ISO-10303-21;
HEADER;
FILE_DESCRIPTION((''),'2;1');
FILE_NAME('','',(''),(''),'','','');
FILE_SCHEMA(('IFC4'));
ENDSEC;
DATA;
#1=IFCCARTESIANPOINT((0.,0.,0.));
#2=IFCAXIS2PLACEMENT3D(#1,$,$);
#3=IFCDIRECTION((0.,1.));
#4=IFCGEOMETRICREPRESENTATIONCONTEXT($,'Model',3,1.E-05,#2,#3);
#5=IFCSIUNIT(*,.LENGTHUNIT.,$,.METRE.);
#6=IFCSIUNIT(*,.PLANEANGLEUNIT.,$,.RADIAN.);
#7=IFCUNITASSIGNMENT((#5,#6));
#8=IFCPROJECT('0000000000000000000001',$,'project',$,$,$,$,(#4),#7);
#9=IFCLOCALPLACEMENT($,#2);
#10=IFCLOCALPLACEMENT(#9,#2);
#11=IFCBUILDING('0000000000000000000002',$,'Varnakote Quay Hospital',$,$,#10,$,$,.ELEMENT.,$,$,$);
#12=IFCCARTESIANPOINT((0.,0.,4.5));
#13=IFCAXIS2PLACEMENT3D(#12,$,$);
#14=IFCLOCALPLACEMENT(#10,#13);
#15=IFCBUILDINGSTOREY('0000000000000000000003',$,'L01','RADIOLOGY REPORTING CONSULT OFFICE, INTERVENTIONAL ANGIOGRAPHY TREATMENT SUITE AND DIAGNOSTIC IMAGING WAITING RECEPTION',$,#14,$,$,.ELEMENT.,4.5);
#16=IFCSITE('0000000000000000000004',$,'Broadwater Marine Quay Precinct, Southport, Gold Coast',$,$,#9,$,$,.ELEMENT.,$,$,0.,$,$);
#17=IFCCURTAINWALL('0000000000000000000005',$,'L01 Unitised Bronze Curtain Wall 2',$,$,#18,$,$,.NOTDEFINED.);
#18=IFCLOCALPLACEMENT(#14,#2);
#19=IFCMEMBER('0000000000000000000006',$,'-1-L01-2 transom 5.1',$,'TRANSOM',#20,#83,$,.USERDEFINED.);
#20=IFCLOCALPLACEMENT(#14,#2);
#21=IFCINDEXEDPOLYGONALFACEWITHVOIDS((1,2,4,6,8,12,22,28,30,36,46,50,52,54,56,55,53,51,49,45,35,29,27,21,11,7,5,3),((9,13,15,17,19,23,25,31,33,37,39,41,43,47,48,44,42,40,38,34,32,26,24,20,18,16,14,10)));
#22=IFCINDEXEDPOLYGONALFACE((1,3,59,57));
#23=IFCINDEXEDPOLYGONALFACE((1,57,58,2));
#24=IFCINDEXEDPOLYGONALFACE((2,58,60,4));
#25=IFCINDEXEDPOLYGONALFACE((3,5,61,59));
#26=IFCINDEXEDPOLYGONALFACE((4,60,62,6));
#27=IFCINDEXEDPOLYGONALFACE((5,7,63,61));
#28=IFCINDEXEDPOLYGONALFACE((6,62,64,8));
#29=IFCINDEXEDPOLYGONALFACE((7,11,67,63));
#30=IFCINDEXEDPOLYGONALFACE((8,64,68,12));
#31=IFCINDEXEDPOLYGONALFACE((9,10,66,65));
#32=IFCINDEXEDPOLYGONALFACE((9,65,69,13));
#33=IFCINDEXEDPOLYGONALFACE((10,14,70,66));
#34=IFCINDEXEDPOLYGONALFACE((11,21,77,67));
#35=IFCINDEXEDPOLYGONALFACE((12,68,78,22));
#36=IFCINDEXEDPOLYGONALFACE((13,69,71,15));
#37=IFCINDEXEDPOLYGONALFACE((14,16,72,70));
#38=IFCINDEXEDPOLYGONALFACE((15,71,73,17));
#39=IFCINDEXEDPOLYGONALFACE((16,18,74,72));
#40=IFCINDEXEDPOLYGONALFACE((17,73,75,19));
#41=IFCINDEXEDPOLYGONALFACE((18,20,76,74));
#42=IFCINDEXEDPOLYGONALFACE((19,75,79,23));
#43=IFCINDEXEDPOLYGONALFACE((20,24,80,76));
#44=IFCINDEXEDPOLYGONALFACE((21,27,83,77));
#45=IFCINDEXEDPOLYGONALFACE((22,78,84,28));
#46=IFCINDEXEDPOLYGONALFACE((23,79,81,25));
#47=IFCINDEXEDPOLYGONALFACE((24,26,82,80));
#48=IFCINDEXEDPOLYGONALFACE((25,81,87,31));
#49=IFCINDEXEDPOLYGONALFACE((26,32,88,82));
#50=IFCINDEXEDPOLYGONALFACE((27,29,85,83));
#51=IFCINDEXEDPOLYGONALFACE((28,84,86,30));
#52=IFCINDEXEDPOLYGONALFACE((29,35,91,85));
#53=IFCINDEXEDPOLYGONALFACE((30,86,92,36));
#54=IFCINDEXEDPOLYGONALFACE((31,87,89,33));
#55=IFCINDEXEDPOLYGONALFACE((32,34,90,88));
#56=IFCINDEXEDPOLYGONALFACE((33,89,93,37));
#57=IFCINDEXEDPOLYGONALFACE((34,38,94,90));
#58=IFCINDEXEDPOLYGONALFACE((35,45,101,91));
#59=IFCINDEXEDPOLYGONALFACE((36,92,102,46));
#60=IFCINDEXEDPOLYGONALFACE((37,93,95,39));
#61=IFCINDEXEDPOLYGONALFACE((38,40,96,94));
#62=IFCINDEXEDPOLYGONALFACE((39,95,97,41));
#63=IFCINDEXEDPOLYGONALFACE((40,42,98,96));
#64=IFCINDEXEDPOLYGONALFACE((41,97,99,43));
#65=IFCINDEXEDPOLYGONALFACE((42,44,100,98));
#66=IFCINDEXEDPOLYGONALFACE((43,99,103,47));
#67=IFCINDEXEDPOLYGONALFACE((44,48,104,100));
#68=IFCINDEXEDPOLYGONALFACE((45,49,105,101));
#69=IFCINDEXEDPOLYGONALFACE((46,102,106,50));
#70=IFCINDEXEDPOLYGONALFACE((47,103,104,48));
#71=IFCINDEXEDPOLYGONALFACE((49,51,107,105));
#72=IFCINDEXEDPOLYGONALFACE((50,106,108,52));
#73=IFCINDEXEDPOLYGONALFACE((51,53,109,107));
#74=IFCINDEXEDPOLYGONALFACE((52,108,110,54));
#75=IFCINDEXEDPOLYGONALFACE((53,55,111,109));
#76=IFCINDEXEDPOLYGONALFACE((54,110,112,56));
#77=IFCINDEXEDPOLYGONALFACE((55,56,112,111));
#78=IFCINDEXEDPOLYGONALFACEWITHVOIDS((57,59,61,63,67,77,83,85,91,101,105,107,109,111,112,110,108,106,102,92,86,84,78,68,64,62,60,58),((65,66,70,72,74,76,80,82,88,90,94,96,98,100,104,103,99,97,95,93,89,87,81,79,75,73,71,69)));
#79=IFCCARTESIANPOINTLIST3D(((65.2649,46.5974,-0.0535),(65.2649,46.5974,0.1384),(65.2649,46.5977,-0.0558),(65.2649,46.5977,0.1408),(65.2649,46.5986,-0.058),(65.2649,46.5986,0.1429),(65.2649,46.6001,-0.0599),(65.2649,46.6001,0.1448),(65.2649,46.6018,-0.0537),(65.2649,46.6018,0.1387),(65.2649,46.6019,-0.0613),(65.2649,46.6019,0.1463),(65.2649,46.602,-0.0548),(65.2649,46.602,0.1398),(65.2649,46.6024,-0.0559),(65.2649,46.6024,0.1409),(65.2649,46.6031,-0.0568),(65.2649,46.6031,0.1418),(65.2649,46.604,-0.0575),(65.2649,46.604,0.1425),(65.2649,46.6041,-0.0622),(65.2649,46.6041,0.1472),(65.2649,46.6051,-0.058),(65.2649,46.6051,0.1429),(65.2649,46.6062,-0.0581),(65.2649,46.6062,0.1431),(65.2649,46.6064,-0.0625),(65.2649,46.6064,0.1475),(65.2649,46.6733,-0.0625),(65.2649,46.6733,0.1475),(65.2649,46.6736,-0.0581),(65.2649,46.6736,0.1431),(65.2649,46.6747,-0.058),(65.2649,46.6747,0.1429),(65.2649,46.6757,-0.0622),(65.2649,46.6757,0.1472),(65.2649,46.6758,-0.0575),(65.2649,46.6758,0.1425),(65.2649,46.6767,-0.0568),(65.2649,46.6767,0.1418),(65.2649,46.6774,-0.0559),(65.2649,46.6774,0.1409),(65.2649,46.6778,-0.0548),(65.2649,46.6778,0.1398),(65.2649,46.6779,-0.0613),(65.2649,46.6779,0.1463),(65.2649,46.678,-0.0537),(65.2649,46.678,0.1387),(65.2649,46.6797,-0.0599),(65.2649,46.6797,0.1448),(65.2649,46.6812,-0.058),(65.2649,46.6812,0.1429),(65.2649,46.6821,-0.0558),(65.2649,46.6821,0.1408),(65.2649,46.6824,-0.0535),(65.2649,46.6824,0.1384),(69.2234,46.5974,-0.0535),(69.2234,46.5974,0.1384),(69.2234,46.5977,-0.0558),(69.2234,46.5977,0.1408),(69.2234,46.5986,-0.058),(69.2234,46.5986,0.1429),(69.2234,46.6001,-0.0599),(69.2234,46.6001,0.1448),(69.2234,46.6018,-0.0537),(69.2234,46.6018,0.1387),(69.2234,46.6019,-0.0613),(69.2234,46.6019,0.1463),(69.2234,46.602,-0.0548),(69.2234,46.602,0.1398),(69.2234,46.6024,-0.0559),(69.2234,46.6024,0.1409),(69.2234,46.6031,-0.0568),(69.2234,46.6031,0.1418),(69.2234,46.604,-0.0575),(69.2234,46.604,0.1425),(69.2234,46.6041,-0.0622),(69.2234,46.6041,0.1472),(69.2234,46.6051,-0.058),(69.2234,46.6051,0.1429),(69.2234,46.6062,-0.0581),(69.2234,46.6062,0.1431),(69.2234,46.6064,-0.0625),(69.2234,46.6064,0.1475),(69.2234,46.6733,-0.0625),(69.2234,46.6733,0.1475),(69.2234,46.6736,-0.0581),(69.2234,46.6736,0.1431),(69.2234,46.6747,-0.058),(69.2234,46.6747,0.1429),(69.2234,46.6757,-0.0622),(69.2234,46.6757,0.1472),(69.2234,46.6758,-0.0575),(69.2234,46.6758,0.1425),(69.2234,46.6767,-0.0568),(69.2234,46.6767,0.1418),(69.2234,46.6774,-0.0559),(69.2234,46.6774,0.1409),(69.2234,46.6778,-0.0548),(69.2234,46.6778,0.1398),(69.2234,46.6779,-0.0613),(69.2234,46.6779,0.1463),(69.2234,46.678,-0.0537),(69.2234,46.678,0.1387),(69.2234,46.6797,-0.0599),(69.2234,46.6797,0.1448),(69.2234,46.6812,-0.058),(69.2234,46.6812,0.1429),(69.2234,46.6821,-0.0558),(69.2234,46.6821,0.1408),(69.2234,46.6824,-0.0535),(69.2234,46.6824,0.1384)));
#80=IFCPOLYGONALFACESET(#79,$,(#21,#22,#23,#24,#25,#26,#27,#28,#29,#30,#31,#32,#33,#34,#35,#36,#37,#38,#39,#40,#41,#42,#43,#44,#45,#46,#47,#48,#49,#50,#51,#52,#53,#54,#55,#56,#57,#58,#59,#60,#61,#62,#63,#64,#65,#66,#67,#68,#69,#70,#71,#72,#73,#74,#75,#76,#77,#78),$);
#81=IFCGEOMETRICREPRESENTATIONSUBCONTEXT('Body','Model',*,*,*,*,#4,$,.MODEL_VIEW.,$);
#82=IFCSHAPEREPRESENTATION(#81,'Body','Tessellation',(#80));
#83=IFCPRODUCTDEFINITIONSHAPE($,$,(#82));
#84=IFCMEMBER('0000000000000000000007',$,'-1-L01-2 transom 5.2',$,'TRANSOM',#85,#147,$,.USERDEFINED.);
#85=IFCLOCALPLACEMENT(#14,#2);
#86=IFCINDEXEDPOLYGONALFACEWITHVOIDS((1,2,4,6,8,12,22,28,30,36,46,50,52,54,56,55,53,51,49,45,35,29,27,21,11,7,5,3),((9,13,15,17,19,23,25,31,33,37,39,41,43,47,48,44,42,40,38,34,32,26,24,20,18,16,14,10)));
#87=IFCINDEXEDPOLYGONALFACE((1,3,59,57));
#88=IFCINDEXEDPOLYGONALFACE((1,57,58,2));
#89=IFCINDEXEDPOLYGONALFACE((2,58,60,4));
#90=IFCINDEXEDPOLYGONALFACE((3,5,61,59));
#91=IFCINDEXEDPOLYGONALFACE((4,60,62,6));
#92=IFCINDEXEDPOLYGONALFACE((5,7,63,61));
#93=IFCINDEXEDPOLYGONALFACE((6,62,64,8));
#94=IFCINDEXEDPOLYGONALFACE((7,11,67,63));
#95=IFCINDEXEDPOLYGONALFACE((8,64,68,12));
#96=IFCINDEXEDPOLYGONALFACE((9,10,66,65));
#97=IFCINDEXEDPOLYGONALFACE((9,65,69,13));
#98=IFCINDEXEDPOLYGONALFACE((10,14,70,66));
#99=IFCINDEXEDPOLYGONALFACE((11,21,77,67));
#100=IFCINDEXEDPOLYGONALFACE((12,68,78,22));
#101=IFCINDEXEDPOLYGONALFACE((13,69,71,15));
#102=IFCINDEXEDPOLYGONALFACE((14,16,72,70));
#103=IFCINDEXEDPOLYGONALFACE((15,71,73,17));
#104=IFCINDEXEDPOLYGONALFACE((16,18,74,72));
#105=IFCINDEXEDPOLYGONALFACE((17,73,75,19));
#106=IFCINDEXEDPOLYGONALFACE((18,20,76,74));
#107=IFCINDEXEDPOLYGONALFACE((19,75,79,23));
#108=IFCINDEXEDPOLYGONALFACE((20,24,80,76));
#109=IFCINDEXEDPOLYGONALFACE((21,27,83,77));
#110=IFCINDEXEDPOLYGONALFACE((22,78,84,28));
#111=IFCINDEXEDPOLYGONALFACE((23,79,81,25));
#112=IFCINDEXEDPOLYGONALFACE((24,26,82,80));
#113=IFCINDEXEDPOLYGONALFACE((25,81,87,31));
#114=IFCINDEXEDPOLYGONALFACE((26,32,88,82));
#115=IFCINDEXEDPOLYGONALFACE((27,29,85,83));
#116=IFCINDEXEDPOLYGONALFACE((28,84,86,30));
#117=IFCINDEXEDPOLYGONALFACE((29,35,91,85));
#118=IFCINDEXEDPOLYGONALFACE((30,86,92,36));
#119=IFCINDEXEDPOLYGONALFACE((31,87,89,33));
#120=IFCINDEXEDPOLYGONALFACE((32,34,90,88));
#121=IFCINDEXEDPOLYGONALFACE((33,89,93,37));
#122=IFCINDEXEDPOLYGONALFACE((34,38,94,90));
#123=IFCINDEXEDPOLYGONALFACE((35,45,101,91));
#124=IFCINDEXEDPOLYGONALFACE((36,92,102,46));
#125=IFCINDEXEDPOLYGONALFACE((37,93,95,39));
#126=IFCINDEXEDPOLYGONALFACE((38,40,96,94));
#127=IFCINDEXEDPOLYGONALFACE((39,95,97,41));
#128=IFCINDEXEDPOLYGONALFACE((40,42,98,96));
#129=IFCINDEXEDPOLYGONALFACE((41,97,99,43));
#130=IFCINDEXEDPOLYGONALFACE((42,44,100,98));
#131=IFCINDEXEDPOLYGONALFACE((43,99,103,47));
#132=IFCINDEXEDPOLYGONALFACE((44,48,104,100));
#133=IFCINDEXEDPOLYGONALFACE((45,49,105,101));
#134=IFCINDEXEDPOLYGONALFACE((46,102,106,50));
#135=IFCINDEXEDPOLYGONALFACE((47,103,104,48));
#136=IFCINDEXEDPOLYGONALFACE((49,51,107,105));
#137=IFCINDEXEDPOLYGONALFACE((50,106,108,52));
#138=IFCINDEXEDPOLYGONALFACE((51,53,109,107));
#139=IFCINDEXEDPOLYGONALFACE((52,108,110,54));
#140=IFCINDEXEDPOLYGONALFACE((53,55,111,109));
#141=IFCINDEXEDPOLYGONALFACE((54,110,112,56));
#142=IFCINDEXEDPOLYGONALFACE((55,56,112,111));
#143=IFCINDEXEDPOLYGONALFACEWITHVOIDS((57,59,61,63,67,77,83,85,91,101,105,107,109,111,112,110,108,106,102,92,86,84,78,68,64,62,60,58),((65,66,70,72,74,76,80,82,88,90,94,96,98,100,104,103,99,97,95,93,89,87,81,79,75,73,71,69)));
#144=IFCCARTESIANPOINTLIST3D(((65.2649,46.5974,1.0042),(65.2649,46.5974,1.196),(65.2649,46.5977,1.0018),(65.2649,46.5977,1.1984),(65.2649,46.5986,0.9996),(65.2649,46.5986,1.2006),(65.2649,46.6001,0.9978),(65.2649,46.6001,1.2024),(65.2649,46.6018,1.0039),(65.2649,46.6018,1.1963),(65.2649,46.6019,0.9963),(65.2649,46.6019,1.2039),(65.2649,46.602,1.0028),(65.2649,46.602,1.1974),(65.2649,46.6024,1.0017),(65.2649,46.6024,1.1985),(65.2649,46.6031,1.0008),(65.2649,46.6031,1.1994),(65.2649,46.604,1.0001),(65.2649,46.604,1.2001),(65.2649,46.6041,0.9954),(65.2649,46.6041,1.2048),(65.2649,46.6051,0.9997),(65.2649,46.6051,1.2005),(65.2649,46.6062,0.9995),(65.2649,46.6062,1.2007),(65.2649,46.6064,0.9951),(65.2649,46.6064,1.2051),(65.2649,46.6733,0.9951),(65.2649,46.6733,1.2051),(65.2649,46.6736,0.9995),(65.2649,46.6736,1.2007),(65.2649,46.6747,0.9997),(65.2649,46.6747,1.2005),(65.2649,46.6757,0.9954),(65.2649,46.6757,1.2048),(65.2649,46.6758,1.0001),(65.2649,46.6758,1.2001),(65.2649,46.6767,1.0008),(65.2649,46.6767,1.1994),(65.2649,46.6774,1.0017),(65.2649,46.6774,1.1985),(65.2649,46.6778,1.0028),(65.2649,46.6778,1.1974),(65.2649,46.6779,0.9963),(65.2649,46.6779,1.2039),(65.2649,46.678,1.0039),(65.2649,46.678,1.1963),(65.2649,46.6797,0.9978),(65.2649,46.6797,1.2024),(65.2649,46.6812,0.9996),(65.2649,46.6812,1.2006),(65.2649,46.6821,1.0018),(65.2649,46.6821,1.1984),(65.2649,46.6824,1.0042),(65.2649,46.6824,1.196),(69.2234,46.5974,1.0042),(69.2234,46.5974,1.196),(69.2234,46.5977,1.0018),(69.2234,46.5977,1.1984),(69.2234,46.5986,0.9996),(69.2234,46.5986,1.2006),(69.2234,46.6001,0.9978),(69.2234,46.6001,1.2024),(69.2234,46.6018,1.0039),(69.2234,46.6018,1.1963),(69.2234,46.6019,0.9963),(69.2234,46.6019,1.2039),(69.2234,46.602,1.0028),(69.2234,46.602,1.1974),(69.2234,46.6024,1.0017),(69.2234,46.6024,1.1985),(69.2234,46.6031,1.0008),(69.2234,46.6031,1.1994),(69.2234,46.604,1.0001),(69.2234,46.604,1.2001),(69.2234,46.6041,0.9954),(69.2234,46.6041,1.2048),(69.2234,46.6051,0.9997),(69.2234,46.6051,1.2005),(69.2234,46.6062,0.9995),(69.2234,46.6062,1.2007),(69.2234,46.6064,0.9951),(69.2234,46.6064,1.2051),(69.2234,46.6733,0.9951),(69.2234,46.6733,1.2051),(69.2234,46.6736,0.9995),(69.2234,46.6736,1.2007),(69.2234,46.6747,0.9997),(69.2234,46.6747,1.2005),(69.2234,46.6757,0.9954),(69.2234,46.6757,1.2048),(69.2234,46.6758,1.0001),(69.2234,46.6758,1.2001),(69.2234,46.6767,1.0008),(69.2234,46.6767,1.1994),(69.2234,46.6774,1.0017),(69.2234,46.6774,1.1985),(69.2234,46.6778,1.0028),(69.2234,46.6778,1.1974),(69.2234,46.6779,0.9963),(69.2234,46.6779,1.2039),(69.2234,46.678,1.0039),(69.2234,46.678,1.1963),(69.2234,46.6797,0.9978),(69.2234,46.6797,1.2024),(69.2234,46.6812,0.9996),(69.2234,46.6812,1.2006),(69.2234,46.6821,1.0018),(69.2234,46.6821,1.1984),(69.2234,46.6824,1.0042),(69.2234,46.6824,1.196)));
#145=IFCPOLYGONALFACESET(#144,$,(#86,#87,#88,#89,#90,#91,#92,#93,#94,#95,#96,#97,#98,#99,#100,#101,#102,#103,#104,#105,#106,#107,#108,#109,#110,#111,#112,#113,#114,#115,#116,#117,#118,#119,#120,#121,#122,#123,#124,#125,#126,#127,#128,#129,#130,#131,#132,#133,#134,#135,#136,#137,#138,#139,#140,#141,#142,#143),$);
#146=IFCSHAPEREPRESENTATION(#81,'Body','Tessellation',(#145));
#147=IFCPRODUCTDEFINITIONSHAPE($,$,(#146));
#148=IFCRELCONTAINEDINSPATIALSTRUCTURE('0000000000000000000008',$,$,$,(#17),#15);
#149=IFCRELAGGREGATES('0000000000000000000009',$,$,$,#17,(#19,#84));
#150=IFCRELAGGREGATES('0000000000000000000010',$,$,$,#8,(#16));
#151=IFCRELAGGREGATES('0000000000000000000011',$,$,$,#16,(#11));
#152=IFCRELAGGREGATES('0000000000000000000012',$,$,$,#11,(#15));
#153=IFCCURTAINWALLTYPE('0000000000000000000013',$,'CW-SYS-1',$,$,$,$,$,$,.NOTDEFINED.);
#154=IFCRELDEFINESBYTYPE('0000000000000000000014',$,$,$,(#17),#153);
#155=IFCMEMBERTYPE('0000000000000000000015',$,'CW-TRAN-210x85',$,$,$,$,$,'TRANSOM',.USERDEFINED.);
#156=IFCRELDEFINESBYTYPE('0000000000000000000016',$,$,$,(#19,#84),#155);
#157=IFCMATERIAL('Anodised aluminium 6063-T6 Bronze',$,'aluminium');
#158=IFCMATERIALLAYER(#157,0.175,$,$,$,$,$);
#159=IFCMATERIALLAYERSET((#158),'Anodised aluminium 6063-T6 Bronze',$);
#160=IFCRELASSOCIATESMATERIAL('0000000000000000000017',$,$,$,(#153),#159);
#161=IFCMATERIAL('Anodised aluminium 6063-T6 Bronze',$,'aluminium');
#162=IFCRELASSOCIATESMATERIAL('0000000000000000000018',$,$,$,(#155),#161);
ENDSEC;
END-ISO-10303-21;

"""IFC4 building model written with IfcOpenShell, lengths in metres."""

from ifc_helpers import new_model, si_unit, direction, frame, origin, origin_2d, place, context, subcontext, project, spatial, hollow_rectangle, extrude, material, layer, layer_set, material_profile, profile_set, type_object, element, aggregate, save


model = new_model("IFC4")

# Units and contexts
model_context = context("Model", 3, precision=1e-05, world=origin(), true_north=direction((0.0, 1.0)))
body_context = subcontext(model_context, "Body", "Model", "MODEL_VIEW")
ifc_project = project(units=[si_unit("LENGTHUNIT", "METRE"), si_unit("PLANEANGLEUNIT", "RADIAN")], contexts=[model_context])

# Site, building, storey
site_placement = place(None, origin())
site = spatial("IfcSite", under=ifc_project, at=site_placement, Name="Broadwater Marine Quay Precinct, Southport, Gold Coast", CompositionType="ELEMENT", RefElevation=0.0)
building_placement = place(site_placement, origin())
building = spatial("IfcBuilding", under=site, at=building_placement, Name="Varnakote Quay Hospital", CompositionType="ELEMENT")
storey_placement = place(building_placement, frame((0.0, 0.0, 4.5)))
storey = spatial("IfcBuildingStorey", under=building, at=storey_placement, Name="L01", Description="RADIOLOGY REPORTING CONSULT OFFICE, INTERVENTIONAL ANGIOGRAPHY TREATMENT SUITE AND DIAGNOSTIC IMAGING WAITING RECEPTION", CompositionType="ELEMENT", Elevation=4.5)

# Curtain wall, members
ifc_material_1 = material(Name="Anodised aluminium 6063-T6 Bronze", Category="aluminium")
ifc_layer_1 = layer(ifc_material_1, 0.175)
ifc_layer_set_1 = layer_set([ifc_layer_1], Name="Anodised aluminium 6063-T6 Bronze")
curtain_wall_type = type_object("IfcCurtainWallType", Name="CW-SYS-1", PredefinedType="NOTDEFINED", material=ifc_layer_set_1)
curtain_wall_placement = place(storey_placement, origin())
curtain_wall = element("IfcCurtainWall", 1, at=curtain_wall_placement, inside=storey, type_object=curtain_wall_type, Name="L01 Unitised Bronze Curtain Wall 2", PredefinedType="NOTDEFINED")
ifc_material_2 = material(Name="Anodised aluminium 6063-T6 Bronze", Category="aluminium")
ifc_material_profile_1 = material_profile(ifc_material_2, hollow_rectangle(XDim=0.085, YDim=0.21, WallThickness=0.0044, InnerFilletRadius=0.0044, OuterFilletRadius=0.009, at=origin_2d()), Name="CW-TRAN-210x85")
ifc_profile_set_1 = profile_set([ifc_material_profile_1], Name="Anodised aluminium 6063-T6 Bronze")
member_type_1 = type_object("IfcMemberType", Name="CW-TRAN-210x85", ElementType="TRANSOM", PredefinedType="USERDEFINED", material=ifc_profile_set_1)
member_1_placement = place(storey_placement, frame((69.2234, 46.6399, 0.0425), z_axis=(-1.0, 0.0, 0.0), x_axis=(0.0, -1.0, 0.0)))
member_1 = element("IfcMember", 2, at=member_1_placement, type_object=member_type_1, Name="-1-L01-2 transom 5.1", ObjectType="TRANSOM", PredefinedType="USERDEFINED", context=body_context, shape_type="SweptSolid", body=[
    extrude(hollow_rectangle(XDim=0.085, YDim=0.21, WallThickness=0.0044, InnerFilletRadius=0.0044, OuterFilletRadius=0.009, at=origin_2d()), origin(), (0.0, 0.0, 1.0), 3.9585),
])
member_2_placement = place(storey_placement, frame((69.2234, 46.6399, 1.1001), z_axis=(-1.0, 0.0, 0.0), x_axis=(0.0, -1.0, 0.0)))
member_2 = element("IfcMember", 3, at=member_2_placement, type_object=member_type_1, Name="-1-L01-2 transom 5.2", ObjectType="TRANSOM", PredefinedType="USERDEFINED", context=body_context, shape_type="SweptSolid", body=[
    extrude(hollow_rectangle(XDim=0.085, YDim=0.21, WallThickness=0.0044, InnerFilletRadius=0.0044, OuterFilletRadius=0.009, at=origin_2d()), origin(), (0.0, 0.0, 1.0), 3.9585),
])

aggregate(curtain_wall, [member_1, member_2])

save(model, "model.ifc")
